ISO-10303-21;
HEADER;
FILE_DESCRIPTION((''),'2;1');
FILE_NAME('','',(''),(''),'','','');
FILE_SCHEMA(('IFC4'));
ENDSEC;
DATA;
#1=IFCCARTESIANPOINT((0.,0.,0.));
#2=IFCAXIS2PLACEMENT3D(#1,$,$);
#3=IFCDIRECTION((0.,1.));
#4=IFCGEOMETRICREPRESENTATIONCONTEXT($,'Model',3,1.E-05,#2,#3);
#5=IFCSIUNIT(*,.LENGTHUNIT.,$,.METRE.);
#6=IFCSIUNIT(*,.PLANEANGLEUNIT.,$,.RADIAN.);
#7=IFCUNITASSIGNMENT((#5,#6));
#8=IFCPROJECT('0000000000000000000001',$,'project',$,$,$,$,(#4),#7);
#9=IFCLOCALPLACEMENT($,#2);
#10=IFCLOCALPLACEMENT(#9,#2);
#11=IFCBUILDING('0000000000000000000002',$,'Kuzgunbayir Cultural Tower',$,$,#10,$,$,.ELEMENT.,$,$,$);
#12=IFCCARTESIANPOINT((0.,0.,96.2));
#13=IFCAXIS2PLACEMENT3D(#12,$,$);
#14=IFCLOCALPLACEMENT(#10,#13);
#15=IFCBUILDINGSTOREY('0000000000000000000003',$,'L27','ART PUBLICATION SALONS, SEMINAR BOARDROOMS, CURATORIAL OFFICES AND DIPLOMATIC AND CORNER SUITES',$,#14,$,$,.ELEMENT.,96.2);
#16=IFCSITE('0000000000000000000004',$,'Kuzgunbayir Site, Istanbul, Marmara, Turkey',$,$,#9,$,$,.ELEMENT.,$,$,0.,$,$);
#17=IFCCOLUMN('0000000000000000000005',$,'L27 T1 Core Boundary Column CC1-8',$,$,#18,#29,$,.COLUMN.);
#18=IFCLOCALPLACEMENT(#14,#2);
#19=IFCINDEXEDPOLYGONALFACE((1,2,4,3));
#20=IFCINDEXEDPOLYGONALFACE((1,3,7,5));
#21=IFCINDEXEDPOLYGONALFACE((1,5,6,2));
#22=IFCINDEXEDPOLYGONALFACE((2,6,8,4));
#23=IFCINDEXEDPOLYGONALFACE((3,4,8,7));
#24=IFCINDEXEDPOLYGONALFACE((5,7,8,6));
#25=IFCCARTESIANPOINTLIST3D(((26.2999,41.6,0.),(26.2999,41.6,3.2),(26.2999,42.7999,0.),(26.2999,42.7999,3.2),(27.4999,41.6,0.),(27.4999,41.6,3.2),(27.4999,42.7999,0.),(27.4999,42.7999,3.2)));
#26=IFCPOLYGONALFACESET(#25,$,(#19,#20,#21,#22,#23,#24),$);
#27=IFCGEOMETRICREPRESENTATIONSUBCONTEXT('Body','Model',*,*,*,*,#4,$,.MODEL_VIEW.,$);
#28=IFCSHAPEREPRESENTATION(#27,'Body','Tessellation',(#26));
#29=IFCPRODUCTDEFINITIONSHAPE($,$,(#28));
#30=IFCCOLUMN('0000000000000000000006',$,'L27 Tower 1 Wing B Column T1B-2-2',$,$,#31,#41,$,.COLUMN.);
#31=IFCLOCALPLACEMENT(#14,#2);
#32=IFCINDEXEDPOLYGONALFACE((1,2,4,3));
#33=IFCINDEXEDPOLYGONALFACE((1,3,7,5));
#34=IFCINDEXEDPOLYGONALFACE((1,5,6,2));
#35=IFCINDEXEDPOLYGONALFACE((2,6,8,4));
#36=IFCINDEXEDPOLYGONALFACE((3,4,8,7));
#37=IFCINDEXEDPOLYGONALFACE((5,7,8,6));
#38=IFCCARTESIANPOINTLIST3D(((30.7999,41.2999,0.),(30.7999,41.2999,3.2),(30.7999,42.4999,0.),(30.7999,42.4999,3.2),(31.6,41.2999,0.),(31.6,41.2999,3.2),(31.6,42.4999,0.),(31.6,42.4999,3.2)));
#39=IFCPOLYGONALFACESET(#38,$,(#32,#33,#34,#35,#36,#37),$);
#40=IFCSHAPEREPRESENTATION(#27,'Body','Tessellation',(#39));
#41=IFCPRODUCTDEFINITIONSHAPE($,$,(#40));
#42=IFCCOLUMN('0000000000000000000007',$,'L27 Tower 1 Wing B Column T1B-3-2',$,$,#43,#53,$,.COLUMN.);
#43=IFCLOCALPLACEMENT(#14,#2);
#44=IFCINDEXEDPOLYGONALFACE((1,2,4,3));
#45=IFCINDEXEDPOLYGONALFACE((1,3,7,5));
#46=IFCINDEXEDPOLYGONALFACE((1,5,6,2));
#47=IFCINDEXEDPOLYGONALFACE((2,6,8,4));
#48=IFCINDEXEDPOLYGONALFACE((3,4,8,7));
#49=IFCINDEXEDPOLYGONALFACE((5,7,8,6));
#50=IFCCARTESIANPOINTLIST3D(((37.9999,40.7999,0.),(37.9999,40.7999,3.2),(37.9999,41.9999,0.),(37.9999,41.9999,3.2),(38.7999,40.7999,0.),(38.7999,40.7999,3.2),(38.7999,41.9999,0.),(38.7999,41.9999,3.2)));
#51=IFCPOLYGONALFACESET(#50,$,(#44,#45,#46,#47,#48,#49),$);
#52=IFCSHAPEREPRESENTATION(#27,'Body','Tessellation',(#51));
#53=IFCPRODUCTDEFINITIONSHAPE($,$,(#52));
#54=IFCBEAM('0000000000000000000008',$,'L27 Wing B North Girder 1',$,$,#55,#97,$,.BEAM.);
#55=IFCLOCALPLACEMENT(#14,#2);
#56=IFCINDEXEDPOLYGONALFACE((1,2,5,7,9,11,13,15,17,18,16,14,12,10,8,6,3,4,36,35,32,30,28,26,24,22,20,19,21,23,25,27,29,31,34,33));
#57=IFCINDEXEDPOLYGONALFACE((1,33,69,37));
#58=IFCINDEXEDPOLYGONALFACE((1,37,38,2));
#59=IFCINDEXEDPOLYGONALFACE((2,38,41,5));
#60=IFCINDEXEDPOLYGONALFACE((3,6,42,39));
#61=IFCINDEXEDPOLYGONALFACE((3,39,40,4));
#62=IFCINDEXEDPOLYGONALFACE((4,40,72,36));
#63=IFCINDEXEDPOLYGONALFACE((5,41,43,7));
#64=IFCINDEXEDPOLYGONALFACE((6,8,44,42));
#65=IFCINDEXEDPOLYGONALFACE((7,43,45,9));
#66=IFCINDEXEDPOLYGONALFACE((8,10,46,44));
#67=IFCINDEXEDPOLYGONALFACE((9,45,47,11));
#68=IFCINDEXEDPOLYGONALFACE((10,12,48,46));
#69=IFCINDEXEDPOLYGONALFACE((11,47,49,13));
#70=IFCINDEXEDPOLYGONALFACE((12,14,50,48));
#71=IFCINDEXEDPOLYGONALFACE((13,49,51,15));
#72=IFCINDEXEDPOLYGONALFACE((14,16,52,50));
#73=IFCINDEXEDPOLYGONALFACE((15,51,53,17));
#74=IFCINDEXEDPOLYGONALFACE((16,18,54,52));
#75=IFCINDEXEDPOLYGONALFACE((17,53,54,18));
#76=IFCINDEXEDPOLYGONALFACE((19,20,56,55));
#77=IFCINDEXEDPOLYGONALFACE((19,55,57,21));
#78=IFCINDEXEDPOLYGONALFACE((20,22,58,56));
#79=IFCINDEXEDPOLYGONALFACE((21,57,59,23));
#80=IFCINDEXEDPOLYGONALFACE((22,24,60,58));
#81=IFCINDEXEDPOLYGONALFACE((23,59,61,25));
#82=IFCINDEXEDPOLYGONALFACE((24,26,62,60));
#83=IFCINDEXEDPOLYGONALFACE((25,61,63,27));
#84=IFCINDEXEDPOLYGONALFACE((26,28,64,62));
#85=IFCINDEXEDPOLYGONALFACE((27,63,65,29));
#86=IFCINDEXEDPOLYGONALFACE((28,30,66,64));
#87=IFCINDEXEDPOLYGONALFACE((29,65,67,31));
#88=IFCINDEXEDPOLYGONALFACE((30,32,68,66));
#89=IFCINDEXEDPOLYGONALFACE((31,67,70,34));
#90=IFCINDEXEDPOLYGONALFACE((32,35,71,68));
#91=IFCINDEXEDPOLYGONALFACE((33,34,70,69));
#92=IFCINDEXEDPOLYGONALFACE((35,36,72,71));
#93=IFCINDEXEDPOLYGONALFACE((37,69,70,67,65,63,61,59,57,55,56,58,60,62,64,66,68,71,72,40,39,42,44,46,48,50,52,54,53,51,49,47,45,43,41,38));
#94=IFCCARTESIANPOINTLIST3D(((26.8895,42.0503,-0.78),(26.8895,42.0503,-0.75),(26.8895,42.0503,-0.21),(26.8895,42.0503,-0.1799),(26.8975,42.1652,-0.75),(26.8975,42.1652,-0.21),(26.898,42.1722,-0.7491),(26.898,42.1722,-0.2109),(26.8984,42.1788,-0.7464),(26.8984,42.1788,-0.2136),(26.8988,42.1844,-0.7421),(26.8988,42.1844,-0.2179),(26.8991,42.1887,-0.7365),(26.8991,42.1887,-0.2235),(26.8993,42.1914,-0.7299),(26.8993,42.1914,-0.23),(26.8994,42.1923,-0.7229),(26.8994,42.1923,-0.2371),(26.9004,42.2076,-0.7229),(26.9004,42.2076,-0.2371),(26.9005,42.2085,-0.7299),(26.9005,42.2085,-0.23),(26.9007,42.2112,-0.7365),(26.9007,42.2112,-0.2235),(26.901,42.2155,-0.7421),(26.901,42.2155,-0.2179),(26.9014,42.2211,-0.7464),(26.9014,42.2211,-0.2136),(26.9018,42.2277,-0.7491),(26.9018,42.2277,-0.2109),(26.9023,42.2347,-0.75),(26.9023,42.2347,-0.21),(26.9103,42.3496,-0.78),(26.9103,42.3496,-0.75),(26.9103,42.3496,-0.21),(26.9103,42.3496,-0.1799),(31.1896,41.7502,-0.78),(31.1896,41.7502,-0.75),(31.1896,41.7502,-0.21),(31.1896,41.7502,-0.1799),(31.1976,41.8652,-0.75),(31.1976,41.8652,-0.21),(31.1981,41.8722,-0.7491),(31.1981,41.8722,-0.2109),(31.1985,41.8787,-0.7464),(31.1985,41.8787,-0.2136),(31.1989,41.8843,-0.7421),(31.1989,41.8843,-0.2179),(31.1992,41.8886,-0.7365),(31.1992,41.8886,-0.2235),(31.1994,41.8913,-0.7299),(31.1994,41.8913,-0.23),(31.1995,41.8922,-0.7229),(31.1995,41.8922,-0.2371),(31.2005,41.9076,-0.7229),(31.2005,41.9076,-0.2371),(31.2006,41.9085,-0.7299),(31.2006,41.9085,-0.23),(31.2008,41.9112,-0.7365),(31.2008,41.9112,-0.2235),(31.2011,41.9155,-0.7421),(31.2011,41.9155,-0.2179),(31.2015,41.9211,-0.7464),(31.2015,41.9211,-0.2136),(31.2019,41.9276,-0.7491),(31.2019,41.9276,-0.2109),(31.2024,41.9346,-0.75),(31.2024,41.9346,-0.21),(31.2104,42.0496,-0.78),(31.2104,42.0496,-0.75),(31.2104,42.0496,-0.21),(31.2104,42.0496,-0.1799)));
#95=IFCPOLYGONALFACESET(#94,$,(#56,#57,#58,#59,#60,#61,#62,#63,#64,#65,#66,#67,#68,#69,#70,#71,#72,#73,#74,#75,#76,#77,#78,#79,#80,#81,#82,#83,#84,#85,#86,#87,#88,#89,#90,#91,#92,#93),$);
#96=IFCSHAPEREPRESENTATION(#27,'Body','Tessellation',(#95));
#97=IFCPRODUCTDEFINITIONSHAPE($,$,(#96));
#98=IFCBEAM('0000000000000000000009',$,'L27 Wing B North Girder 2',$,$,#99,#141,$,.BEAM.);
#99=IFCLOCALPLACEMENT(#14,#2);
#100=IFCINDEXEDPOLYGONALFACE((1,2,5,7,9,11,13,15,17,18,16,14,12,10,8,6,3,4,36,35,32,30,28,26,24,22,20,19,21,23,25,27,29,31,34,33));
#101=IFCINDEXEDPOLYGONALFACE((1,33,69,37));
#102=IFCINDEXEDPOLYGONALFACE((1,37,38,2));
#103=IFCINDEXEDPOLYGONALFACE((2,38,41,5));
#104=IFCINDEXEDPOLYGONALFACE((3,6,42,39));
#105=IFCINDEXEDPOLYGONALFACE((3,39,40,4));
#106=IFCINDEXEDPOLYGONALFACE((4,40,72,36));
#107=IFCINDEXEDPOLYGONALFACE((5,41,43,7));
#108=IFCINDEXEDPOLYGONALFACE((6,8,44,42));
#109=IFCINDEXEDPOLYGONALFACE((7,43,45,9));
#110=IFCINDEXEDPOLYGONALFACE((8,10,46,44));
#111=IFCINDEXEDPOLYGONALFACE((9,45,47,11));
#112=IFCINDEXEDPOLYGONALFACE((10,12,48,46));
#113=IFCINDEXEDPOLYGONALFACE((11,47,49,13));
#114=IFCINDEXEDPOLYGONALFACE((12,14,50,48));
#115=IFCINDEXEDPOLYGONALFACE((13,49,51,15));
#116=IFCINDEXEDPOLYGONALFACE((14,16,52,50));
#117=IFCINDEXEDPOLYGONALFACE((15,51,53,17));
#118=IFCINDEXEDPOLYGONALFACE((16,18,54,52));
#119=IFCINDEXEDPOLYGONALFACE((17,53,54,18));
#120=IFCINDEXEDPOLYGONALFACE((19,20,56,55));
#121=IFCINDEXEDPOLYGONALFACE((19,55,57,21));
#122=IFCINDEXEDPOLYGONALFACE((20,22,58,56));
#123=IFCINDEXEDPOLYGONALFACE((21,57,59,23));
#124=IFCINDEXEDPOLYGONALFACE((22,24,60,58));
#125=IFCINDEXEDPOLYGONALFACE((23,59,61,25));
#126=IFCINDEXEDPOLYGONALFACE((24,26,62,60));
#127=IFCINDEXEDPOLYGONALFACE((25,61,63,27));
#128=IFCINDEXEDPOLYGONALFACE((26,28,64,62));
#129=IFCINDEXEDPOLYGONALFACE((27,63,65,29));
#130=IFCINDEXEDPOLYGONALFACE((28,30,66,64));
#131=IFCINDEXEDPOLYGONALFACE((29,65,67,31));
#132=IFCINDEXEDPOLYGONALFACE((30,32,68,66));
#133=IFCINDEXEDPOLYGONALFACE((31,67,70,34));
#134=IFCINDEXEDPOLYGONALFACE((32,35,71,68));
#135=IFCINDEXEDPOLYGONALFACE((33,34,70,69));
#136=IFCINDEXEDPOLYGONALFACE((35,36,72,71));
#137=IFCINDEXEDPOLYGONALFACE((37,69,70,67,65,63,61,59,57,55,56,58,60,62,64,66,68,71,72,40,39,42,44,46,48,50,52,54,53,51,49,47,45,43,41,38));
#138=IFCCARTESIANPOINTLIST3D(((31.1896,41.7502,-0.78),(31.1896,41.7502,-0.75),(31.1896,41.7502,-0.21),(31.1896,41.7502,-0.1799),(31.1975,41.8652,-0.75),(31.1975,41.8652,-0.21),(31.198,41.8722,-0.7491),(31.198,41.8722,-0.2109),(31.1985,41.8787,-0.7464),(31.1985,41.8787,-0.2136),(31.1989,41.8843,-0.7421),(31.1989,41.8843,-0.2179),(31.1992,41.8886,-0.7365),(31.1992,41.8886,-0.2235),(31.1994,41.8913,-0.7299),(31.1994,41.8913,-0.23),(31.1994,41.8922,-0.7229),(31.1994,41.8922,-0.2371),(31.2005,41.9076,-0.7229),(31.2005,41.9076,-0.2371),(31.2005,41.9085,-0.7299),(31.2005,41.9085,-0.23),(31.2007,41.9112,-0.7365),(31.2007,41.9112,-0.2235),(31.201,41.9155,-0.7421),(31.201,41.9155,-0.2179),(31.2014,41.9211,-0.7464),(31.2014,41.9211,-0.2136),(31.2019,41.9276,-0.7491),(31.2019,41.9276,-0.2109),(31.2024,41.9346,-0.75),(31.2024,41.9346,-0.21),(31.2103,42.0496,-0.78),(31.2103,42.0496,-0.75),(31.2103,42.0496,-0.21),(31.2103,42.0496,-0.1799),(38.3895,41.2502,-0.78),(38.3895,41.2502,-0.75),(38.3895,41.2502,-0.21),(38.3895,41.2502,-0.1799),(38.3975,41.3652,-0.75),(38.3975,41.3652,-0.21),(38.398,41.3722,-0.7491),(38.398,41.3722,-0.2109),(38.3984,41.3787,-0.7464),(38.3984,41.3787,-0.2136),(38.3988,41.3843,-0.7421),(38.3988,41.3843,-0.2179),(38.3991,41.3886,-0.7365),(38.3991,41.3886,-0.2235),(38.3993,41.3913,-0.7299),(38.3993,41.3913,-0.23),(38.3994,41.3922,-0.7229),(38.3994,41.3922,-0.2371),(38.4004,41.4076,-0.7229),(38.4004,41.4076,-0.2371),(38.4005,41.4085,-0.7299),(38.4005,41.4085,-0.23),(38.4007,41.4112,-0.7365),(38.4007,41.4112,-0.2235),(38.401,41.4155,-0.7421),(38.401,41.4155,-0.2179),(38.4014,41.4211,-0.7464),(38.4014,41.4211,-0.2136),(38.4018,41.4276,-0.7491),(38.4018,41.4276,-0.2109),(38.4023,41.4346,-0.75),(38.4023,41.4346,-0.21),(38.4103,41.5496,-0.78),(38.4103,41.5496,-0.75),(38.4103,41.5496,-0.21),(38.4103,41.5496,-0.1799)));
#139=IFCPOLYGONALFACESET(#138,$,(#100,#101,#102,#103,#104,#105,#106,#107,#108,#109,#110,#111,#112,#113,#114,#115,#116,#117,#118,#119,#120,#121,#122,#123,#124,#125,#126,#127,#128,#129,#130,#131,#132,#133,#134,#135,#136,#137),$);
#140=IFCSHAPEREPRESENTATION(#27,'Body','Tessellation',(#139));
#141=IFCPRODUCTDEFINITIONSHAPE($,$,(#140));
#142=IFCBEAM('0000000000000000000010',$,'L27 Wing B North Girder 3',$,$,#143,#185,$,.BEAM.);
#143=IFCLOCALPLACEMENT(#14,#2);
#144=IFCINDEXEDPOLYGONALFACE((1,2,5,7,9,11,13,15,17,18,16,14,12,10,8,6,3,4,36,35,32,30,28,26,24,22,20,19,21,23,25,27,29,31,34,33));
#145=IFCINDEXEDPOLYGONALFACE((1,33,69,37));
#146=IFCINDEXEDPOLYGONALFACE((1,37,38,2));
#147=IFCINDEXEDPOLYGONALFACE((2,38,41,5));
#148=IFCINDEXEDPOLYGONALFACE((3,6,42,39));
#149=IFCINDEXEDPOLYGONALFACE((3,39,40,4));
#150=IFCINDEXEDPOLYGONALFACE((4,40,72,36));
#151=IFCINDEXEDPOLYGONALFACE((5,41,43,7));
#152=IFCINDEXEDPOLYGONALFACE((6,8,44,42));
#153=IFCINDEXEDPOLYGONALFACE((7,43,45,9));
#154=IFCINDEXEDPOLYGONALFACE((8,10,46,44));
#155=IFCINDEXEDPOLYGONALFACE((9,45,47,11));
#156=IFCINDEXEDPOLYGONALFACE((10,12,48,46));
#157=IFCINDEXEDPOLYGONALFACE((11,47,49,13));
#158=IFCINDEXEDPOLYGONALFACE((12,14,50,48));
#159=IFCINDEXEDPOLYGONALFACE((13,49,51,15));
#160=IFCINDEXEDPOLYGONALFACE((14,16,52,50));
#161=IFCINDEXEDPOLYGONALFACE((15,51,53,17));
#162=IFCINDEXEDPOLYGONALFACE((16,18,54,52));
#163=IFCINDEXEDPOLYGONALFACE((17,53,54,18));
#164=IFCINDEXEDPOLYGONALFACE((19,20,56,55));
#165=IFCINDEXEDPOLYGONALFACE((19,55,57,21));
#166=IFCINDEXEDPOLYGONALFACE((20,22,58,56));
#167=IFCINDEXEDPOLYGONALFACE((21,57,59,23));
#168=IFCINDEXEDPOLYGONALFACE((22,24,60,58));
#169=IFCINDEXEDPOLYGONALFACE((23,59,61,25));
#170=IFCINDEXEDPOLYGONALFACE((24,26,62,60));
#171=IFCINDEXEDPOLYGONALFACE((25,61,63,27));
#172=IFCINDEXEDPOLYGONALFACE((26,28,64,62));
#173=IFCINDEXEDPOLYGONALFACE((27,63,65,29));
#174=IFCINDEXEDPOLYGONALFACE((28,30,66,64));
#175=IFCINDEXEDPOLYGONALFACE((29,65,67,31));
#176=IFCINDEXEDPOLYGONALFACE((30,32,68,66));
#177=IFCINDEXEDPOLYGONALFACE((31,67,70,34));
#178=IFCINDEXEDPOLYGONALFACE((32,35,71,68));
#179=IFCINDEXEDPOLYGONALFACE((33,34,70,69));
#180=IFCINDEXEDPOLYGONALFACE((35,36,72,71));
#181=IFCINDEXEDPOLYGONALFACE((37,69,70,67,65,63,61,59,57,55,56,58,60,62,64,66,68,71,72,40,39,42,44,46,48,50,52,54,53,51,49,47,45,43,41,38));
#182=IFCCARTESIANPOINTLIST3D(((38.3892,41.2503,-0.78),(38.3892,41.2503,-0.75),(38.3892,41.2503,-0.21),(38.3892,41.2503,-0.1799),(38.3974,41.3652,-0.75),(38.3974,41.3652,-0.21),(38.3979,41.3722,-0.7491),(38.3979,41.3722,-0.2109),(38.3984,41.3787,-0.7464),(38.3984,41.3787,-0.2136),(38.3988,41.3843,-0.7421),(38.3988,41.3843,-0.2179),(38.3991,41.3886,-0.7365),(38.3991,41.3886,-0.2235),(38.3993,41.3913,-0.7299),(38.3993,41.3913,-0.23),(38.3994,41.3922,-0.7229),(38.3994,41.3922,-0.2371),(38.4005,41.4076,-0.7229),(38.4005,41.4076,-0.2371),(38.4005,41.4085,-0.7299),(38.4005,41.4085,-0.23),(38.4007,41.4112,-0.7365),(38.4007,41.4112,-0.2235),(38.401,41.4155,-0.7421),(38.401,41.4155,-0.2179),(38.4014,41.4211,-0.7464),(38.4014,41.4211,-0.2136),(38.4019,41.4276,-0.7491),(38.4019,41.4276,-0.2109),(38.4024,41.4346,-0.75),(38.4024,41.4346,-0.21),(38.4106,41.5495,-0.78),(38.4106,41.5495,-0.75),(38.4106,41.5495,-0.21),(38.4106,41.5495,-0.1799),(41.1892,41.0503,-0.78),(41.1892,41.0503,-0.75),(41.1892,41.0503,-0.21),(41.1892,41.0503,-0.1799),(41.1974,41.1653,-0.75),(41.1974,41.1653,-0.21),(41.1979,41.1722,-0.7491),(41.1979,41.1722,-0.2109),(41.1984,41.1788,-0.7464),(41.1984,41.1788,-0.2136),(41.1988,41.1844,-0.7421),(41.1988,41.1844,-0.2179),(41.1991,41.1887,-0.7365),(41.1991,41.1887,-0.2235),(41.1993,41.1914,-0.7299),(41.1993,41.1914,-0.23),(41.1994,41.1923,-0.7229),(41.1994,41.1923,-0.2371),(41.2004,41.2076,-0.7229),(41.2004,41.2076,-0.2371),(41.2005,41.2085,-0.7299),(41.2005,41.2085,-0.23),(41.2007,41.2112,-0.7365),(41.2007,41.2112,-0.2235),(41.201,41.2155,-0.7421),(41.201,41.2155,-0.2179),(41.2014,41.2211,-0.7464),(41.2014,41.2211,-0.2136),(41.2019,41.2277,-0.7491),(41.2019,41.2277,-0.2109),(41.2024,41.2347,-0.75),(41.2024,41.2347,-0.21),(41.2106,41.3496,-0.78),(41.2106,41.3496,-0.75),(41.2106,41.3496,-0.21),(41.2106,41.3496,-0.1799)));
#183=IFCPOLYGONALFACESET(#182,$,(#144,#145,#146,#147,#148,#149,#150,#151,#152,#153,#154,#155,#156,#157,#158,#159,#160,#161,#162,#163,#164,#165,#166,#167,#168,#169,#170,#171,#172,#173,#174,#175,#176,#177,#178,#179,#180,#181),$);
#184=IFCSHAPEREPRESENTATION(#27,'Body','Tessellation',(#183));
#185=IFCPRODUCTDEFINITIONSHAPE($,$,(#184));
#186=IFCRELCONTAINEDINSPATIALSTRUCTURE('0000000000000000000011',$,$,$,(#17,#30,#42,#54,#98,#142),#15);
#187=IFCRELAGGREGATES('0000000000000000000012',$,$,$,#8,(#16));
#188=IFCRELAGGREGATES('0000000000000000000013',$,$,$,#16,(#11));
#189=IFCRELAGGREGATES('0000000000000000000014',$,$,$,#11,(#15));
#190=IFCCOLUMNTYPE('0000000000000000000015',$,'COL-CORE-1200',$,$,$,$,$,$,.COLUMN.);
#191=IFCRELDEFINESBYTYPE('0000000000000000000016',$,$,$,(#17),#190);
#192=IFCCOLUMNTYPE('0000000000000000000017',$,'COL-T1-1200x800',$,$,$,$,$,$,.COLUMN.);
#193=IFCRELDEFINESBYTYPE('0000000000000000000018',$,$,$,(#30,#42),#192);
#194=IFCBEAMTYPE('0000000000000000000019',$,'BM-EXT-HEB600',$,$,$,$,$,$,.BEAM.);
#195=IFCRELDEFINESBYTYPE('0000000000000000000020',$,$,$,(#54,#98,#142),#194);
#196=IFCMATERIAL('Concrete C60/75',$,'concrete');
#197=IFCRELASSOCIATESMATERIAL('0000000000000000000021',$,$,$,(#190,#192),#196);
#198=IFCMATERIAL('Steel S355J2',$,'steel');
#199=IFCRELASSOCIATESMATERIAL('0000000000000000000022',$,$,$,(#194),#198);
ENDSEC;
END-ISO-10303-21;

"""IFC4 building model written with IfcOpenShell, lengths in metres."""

from ifc_helpers import new_model, si_unit, direction, frame, origin, origin_2d, place, context, subcontext, project, spatial, rectangle, i_section, extrude, material, material_profile, profile_set, type_object, element, save


model = new_model("IFC4")

# Units and contexts
model_context = context("Model", 3, precision=1e-05, world=origin(), true_north=direction((0.0, 1.0)))
body_context = subcontext(model_context, "Body", "Model", "MODEL_VIEW")
ifc_project = project(units=[si_unit("LENGTHUNIT", "METRE"), si_unit("PLANEANGLEUNIT", "RADIAN")], contexts=[model_context])

# Site, building, storey
site_placement = place(None, origin())
site = spatial("IfcSite", under=ifc_project, at=site_placement, Name="Kuzgunbayir Site, Istanbul, Marmara, Turkey", CompositionType="ELEMENT", RefElevation=0.0)
building_placement = place(site_placement, origin())
building = spatial("IfcBuilding", under=site, at=building_placement, Name="Kuzgunbayir Cultural Tower", CompositionType="ELEMENT")
storey_placement = place(building_placement, frame((0.0, 0.0, 96.2)))
storey = spatial("IfcBuildingStorey", under=building, at=storey_placement, Name="L27", Description="ART PUBLICATION SALONS, SEMINAR BOARDROOMS, CURATORIAL OFFICES AND DIPLOMATIC AND CORNER SUITES", CompositionType="ELEMENT", Elevation=96.2)

# Columns
ifc_material_1 = material(Name="Concrete C60/75", Category="concrete")
ifc_material_profile_1 = material_profile(ifc_material_1, rectangle(XDim=1.2, YDim=1.2, at=origin_2d()), Name="RC 1200x1200")
ifc_profile_set_1 = profile_set([ifc_material_profile_1], Name="Concrete C60/75")
column_type_1 = type_object("IfcColumnType", Name="COL-CORE-1200", PredefinedType="COLUMN", material=ifc_profile_set_1)
column_placement = place(storey_placement, frame((26.8999, 42.2, 0.0), z_axis=(0.0, 0.0, 1.0), x_axis=(1.0, 0.0, 0.0)))
element("IfcColumn", 1, at=column_placement, inside=storey, type_object=column_type_1, Name="L27 T1 Core Boundary Column CC1-8", PredefinedType="COLUMN", context=body_context, shape_type="SweptSolid", body=[
    extrude(rectangle(XDim=1.2, YDim=1.2, at=origin_2d()), origin(), (0.0, 0.0, 1.0), 3.2),
])
ifc_material_profile_2 = material_profile(ifc_material_1, rectangle(XDim=0.8, YDim=1.2, at=origin_2d()), Name="RC 1200x800")
ifc_profile_set_2 = profile_set([ifc_material_profile_2], Name="Concrete C60/75")
column_type_2 = type_object("IfcColumnType", Name="COL-T1-1200x800", PredefinedType="COLUMN", material=ifc_profile_set_2)
for number, where, z_axis, x_axis, name in (
    (2, (31.2, 41.8999, 0.0), (0.0, 0.0, 1.0), (1.0, 0.0, 0.0), "L27 Tower 1 Wing B Column T1B-2-2"),
    (3, (38.3999, 41.3999, 0.0), (0.0, 0.0, 1.0), (1.0, 0.0, 0.0), "L27 Tower 1 Wing B Column T1B-3-2"),
):
    element("IfcColumn", number, at=place(storey_placement, frame(where, z_axis=z_axis, x_axis=x_axis)), inside=storey, type_object=column_type_2, Name=name, PredefinedType="COLUMN", context=body_context, shape_type="SweptSolid", body=[
        extrude(rectangle(XDim=0.8, YDim=1.2, at=origin_2d()), origin(), (0.0, 0.0, 1.0), 3.2),
    ])

# Beams
ifc_material_2 = material(Name="Steel S355J2", Category="steel")
ifc_material_profile_3 = material_profile(ifc_material_2, i_section(OverallWidth=0.3, OverallDepth=0.6001, WebThickness=0.0154, FlangeThickness=0.03, FilletRadius=0.0271, at=origin_2d()), Name="HEB 600")
ifc_profile_set_3 = profile_set([ifc_material_profile_3], Name="Steel S355J2")
beam_type_1 = type_object("IfcBeamType", Name="BM-EXT-HEB600", PredefinedType="BEAM", material=ifc_profile_set_3)
beam_1_placement = place(storey_placement, frame((26.8999, 42.2, -0.48), z_axis=(0.997574, -0.069609, 0.0), x_axis=(0.069609, 0.997574, 0.0)))
element("IfcBeam", 4, at=beam_1_placement, inside=storey, type_object=beam_type_1, Name="L27 Wing B North Girder 1", PredefinedType="BEAM", context=body_context, shape_type="SweptSolid", body=[
    extrude(i_section(OverallWidth=0.3, OverallDepth=0.6001, WebThickness=0.0154, FlangeThickness=0.03, FilletRadius=0.0271, at=origin_2d()), origin(), (0.0, 0.0, 1.0), 4.3105),
])
beam_2_placement = place(storey_placement, frame((31.2, 41.8999, -0.48), z_axis=(0.997597, -0.069278, 0.0), x_axis=(0.069278, 0.997597, 0.0)))
element("IfcBeam", 5, at=beam_2_placement, inside=storey, type_object=beam_type_1, Name="L27 Wing B North Girder 2", PredefinedType="BEAM", context=body_context, shape_type="SweptSolid", body=[
    extrude(i_section(OverallWidth=0.3, OverallDepth=0.6001, WebThickness=0.0154, FlangeThickness=0.03, FilletRadius=0.0271, at=origin_2d()), origin(), (0.0, 0.0, 1.0), 7.2173),
])
beam_3_placement = place(storey_placement, frame((38.3999, 41.3999, -0.48), z_axis=(0.99746, -0.071229, 0.0), x_axis=(0.071229, 0.99746, 0.0)))
element("IfcBeam", 6, at=beam_3_placement, inside=storey, type_object=beam_type_1, Name="L27 Wing B North Girder 3", PredefinedType="BEAM", context=body_context, shape_type="SweptSolid", body=[
    extrude(i_section(OverallWidth=0.3, OverallDepth=0.6001, WebThickness=0.0154, FlangeThickness=0.03, FilletRadius=0.0271, at=origin_2d()), origin(), (0.0, 0.0, 1.0), 2.8071),
])

save(model, "model.ifc")
